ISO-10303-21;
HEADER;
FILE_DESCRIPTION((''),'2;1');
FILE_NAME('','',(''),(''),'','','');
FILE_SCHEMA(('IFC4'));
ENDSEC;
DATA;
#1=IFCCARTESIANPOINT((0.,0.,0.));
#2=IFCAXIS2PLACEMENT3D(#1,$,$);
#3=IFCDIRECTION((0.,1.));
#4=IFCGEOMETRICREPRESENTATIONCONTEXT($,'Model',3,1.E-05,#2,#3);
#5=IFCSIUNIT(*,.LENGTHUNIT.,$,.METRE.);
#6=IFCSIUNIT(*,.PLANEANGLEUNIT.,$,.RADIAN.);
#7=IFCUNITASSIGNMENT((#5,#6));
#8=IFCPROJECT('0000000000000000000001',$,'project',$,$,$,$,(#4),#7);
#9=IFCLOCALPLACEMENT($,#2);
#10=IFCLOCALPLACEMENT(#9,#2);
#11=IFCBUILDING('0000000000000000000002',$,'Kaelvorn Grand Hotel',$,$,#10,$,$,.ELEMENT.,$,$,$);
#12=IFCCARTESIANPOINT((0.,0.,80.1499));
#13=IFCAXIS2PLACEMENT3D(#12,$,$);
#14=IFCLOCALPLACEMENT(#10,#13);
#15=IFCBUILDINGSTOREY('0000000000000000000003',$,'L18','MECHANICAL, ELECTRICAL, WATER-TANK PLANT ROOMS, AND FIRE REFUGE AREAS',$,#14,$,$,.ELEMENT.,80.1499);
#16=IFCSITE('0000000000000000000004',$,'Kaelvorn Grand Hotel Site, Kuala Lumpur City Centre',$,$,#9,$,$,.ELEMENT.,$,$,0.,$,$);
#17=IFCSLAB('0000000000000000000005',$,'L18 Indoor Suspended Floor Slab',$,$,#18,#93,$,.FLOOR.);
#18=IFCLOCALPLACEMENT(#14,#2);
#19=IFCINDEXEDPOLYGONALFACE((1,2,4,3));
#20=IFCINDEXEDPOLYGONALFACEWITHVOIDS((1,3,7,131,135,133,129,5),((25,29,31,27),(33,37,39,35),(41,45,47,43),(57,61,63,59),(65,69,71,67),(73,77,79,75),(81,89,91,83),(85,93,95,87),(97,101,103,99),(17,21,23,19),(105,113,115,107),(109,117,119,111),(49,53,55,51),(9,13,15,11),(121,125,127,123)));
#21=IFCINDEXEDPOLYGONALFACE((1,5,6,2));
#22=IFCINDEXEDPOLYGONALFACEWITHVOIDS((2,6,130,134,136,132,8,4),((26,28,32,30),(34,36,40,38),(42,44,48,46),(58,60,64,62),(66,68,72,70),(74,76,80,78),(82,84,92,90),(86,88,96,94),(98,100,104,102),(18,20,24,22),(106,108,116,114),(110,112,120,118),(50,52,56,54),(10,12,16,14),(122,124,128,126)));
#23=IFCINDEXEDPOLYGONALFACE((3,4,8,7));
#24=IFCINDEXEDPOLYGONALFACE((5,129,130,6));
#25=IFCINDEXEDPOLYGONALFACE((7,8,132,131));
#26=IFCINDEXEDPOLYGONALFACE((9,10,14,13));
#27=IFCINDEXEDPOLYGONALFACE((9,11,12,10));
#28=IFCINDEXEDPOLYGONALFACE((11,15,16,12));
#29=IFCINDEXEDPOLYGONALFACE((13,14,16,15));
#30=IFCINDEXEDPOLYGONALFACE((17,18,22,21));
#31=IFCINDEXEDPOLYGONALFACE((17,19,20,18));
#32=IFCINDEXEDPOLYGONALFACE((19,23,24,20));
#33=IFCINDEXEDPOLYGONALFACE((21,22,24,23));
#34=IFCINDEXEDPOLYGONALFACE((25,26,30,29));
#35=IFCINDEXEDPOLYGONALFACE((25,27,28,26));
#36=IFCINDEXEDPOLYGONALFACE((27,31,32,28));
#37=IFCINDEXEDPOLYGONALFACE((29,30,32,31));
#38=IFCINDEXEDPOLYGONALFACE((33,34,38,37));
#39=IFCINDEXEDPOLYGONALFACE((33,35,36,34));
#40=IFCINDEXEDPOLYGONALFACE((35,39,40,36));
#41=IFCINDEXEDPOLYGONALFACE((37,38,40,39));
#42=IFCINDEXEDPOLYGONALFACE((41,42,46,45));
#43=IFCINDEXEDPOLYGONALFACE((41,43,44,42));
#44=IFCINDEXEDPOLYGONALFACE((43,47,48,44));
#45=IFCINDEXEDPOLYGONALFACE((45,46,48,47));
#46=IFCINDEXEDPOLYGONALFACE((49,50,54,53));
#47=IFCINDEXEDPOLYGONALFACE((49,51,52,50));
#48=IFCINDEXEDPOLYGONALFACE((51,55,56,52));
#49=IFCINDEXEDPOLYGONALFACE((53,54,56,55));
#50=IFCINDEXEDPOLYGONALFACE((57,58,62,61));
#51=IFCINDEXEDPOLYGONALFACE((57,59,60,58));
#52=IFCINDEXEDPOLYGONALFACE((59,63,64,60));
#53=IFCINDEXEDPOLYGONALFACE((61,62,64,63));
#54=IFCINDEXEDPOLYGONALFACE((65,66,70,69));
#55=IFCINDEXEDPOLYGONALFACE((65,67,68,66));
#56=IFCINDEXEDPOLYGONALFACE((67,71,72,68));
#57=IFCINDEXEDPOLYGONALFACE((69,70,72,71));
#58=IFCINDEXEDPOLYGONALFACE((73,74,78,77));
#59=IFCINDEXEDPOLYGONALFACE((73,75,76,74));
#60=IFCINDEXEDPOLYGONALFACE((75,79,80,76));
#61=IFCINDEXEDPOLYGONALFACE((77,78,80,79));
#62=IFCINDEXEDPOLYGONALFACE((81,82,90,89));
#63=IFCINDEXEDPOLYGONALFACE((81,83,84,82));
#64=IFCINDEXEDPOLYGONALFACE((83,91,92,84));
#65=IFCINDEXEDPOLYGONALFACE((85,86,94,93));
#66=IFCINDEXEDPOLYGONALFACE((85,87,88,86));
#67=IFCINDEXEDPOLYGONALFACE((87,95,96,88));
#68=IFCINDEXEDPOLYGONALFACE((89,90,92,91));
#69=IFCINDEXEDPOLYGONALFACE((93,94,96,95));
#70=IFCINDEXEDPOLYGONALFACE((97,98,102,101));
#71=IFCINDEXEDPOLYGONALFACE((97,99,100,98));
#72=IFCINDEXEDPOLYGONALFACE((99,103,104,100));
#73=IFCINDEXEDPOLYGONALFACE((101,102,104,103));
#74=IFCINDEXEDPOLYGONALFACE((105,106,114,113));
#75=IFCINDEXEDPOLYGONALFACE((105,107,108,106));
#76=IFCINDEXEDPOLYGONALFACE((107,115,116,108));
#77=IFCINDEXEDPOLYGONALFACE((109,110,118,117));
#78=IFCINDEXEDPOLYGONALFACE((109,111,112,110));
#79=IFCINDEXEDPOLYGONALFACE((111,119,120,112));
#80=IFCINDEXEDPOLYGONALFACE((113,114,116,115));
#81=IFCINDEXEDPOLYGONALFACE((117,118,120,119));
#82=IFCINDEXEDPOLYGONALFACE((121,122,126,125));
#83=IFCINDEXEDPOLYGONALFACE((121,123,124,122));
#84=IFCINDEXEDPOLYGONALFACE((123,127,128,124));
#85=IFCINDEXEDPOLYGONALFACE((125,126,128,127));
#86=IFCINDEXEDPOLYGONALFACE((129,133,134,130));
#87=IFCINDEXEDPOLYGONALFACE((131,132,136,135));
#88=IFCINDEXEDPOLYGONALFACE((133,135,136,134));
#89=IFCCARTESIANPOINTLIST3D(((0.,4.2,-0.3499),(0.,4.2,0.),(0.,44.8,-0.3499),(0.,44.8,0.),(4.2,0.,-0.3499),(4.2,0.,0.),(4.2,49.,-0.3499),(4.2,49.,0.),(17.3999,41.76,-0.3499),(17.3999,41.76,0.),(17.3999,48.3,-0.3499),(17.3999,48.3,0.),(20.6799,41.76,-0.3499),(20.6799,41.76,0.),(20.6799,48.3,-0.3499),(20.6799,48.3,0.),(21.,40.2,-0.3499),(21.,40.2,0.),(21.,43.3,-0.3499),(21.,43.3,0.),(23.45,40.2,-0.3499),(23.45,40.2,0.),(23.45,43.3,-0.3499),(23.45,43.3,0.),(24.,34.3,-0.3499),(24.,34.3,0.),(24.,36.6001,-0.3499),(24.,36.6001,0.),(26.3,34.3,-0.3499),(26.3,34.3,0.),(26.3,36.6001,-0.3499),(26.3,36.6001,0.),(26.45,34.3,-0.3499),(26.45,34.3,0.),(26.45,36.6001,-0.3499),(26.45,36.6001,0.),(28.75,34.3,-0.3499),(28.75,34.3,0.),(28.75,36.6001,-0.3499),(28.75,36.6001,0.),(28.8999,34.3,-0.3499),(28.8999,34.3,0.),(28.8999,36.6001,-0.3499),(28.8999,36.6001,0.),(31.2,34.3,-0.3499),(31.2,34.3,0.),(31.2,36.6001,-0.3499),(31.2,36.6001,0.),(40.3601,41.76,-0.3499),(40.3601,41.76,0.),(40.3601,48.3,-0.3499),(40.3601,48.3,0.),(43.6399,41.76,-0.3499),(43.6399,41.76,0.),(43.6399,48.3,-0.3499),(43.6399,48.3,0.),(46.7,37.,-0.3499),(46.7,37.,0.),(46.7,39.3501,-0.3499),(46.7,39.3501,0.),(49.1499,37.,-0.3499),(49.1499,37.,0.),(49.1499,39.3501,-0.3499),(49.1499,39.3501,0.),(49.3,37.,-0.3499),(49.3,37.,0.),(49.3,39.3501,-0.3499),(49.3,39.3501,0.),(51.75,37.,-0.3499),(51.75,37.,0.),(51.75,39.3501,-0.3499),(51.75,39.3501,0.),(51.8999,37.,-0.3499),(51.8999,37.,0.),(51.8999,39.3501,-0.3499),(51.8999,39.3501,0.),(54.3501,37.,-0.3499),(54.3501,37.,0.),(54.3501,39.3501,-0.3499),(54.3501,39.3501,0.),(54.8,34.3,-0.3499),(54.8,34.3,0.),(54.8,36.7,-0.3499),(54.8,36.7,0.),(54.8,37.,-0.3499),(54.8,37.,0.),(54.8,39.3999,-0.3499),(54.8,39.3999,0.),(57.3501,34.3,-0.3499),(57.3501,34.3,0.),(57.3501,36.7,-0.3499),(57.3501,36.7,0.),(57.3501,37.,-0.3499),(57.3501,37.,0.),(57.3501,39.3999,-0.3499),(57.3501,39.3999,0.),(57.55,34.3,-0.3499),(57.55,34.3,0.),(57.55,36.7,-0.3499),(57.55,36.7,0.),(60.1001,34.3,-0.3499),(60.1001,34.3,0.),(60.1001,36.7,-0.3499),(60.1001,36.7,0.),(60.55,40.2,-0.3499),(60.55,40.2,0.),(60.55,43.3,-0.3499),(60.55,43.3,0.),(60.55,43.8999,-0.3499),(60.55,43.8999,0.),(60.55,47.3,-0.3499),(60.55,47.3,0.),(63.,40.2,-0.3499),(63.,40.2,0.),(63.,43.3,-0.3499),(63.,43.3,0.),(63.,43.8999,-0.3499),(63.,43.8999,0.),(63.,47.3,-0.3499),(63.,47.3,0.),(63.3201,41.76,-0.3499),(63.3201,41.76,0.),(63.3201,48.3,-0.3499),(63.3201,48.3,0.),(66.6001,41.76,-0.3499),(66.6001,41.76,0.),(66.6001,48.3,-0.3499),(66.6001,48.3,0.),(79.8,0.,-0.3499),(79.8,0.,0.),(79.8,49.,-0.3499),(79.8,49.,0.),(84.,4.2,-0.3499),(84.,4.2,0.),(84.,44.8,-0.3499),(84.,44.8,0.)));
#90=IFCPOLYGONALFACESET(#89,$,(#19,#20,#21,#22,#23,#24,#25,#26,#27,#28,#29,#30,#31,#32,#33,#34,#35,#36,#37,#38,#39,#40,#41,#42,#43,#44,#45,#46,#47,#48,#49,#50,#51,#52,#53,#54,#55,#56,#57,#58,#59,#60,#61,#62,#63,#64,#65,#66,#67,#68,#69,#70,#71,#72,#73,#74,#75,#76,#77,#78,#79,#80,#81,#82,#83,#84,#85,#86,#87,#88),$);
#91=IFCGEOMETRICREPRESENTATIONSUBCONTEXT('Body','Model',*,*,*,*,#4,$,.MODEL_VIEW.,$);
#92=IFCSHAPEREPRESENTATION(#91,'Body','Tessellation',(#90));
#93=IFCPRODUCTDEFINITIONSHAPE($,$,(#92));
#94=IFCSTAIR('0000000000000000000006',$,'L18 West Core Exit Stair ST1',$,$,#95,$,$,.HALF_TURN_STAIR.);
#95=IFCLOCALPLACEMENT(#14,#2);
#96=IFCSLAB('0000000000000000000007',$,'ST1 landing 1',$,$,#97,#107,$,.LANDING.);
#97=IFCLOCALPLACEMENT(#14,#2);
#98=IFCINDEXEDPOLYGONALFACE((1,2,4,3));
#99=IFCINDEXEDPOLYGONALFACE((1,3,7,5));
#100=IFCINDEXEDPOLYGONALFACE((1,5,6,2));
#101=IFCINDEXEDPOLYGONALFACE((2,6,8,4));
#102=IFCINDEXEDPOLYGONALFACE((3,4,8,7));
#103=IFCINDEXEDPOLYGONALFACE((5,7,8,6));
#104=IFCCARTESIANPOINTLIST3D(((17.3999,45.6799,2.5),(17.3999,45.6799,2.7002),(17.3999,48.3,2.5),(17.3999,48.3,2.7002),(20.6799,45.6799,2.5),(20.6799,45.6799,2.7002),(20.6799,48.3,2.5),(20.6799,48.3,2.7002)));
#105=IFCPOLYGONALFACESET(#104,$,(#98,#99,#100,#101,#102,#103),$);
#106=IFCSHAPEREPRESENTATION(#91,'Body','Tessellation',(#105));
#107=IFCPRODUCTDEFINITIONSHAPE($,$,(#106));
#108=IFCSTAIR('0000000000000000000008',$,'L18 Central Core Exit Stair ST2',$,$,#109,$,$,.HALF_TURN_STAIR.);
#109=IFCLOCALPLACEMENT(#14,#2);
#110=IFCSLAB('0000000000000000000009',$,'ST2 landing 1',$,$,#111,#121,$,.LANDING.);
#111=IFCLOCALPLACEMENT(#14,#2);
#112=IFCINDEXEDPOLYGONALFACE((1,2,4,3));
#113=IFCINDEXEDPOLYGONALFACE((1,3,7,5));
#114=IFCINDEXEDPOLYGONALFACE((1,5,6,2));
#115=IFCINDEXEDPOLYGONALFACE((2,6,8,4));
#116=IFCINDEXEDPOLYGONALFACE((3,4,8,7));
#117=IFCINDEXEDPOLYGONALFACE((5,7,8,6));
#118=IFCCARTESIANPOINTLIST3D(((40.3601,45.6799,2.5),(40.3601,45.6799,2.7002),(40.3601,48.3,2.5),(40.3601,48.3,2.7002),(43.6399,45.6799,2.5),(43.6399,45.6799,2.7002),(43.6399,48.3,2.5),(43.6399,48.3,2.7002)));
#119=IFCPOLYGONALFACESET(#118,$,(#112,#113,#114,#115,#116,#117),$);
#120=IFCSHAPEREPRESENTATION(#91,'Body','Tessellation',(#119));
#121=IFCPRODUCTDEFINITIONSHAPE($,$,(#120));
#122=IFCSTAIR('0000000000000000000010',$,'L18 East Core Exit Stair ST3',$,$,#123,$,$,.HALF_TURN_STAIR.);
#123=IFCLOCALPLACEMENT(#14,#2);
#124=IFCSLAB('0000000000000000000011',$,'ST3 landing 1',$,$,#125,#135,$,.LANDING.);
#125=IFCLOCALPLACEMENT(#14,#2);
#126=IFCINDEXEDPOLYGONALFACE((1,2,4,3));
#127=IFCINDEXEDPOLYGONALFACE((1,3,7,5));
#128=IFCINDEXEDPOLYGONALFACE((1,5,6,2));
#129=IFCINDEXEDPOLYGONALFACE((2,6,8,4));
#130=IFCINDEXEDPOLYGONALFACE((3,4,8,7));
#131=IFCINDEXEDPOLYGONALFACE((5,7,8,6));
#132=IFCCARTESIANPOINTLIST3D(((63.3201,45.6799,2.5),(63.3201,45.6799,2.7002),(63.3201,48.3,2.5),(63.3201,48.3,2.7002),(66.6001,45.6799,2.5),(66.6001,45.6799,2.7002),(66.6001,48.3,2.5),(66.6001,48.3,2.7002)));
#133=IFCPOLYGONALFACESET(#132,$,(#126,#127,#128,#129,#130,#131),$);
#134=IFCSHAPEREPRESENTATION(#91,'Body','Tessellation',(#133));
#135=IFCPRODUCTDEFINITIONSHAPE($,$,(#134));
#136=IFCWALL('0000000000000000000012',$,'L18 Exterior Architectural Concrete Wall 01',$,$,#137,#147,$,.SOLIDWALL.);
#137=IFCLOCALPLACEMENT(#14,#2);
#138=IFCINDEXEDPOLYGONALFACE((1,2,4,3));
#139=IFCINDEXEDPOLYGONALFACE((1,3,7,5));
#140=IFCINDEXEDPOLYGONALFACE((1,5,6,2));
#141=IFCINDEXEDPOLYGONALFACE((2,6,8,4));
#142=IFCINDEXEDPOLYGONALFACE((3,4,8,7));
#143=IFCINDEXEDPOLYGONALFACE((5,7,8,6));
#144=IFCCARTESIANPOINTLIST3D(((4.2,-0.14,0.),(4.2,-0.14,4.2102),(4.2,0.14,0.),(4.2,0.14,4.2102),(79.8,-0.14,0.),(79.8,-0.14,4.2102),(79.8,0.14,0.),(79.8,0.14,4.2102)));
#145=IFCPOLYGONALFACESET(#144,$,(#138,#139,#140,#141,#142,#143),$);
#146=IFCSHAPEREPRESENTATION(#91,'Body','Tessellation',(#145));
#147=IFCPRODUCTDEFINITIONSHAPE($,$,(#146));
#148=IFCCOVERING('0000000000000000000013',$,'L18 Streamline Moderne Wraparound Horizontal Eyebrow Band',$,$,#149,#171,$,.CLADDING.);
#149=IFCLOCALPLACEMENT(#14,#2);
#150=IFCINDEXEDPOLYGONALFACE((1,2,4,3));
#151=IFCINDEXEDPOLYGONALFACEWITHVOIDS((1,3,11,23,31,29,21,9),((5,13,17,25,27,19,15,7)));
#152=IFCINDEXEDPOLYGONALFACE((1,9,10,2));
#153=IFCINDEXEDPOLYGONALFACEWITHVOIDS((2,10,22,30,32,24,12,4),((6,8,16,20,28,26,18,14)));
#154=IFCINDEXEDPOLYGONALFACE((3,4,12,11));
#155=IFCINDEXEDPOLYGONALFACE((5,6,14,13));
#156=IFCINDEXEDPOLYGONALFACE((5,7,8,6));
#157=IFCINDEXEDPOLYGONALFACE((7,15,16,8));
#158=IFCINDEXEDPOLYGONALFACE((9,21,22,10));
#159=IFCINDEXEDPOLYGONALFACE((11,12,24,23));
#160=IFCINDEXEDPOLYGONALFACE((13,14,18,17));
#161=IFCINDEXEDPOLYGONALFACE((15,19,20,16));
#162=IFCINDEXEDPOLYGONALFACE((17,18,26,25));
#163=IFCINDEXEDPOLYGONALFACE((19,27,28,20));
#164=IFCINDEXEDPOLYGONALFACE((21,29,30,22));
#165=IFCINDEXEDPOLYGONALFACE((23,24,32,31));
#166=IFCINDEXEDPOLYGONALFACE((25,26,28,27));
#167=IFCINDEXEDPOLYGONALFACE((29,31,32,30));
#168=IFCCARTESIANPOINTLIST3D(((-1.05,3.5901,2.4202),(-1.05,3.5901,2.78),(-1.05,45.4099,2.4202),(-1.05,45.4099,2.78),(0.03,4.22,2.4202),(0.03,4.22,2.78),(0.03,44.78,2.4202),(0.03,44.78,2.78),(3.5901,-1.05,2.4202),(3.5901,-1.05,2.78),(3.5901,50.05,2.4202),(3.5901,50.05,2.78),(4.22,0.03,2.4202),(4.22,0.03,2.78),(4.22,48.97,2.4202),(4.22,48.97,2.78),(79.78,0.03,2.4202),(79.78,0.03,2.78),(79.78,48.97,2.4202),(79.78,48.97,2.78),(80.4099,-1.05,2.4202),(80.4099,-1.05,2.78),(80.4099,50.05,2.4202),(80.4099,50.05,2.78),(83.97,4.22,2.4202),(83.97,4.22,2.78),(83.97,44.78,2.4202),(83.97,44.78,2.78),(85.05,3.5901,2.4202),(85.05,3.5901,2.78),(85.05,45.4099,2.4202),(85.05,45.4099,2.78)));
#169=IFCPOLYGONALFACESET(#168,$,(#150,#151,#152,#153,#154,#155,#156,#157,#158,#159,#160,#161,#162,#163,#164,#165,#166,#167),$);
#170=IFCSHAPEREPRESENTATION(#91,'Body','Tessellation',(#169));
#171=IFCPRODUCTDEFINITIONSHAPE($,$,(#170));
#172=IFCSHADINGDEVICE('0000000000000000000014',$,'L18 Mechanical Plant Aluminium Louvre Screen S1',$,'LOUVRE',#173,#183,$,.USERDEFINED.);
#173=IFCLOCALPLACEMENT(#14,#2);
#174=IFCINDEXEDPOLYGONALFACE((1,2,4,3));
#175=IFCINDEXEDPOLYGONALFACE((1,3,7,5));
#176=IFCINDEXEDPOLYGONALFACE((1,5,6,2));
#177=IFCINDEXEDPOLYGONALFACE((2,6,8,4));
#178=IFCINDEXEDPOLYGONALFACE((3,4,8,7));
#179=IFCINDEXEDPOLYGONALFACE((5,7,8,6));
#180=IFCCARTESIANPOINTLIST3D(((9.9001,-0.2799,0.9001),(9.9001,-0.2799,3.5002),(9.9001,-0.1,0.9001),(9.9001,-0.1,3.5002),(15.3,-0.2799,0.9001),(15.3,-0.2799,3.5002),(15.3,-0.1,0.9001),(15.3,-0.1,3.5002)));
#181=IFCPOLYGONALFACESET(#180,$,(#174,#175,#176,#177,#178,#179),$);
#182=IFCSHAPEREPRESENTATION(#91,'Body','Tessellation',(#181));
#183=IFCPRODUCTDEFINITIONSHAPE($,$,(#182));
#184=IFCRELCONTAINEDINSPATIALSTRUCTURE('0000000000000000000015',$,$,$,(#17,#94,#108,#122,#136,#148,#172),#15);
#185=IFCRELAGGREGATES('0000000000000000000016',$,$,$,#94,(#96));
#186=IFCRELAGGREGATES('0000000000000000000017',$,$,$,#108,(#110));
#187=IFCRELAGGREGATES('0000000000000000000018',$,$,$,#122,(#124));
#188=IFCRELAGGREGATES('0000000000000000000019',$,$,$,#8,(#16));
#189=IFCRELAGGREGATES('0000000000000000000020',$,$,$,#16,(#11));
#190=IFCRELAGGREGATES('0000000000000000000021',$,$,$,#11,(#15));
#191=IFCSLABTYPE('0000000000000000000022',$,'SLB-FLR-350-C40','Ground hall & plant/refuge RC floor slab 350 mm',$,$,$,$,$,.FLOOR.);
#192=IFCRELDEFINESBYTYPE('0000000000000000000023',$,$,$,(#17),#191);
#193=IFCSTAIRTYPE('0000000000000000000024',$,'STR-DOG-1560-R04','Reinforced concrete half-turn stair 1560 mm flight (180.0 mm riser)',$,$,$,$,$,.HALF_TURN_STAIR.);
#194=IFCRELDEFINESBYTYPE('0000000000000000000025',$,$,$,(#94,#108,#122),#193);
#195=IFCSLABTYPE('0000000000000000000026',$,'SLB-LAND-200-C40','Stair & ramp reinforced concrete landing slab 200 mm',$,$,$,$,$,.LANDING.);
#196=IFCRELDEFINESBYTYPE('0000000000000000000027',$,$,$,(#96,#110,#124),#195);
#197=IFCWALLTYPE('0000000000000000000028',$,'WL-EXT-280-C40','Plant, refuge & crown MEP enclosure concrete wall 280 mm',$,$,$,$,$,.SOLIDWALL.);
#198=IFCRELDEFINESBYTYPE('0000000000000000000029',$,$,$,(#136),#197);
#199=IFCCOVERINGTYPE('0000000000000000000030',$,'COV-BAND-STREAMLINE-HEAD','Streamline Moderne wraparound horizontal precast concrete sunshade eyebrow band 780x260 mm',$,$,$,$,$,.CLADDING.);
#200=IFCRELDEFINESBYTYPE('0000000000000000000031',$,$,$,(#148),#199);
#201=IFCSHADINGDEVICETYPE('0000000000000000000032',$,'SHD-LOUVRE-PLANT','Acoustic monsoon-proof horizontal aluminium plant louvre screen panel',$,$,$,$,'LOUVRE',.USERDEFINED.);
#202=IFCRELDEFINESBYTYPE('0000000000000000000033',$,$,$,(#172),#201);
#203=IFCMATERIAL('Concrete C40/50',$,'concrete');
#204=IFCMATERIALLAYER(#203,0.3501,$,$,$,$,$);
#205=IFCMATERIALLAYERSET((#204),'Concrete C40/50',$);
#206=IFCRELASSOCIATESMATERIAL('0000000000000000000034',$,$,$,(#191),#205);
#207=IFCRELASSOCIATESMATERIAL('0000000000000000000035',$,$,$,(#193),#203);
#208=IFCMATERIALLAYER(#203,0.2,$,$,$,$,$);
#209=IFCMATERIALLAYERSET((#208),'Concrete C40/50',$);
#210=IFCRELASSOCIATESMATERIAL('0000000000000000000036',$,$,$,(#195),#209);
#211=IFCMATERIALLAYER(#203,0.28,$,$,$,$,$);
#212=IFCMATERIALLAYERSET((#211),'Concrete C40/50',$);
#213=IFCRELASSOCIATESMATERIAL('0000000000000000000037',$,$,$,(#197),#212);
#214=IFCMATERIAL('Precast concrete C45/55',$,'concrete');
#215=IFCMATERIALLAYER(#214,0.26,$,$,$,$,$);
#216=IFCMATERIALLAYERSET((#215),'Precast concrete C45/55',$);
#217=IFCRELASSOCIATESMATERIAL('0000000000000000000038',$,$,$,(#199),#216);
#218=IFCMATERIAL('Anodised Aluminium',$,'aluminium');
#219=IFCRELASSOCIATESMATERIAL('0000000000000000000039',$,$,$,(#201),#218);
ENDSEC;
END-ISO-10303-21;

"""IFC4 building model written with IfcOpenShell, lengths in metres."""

from ifc_helpers import new_model, si_unit, direction, frame, frame_2d, origin, origin_2d, place, context, subcontext, project, spatial, polyline, rectangle, outline, extrude, material, layer, layer_set, type_object, element, aggregate, save


model = new_model("IFC4")

# Units and contexts
model_context = context("Model", 3, precision=1e-05, world=origin(), true_north=direction((0.0, 1.0)))
body_context = subcontext(model_context, "Body", "Model", "MODEL_VIEW")
ifc_project = project(units=[si_unit("LENGTHUNIT", "METRE"), si_unit("PLANEANGLEUNIT", "RADIAN")], contexts=[model_context])

# Site, building, storey
site_placement = place(None, origin())
site = spatial("IfcSite", under=ifc_project, at=site_placement, Name="Kaelvorn Grand Hotel Site, Kuala Lumpur City Centre", CompositionType="ELEMENT", RefElevation=0.0)
building_placement = place(site_placement, origin())
building = spatial("IfcBuilding", under=site, at=building_placement, Name="Kaelvorn Grand Hotel", CompositionType="ELEMENT")
storey_placement = place(building_placement, frame((0.0, 0.0, 80.1499)))
storey = spatial("IfcBuildingStorey", under=building, at=storey_placement, Name="L18", Description="MECHANICAL, ELECTRICAL, WATER-TANK PLANT ROOMS, AND FIRE REFUGE AREAS", CompositionType="ELEMENT", Elevation=80.1499)

# Slab
ifc_material_1 = material(Name="Concrete C40/50", Category="concrete")
ifc_layer_1 = layer(ifc_material_1, 0.3501)
ifc_layer_set_1 = layer_set([ifc_layer_1], Name="Concrete C40/50")
slab_type_1 = type_object("IfcSlabType", Name="SLB-FLR-350-C40", Description="Ground hall & plant/refuge RC floor slab 350 mm", PredefinedType="FLOOR", material=ifc_layer_set_1)
slab_1_placement = place(storey_placement, frame((0.0, 0.0, -0.3499)))
element("IfcSlab", 1, at=slab_1_placement, inside=storey, type_object=slab_type_1, Name="L18 Indoor Suspended Floor Slab", PredefinedType="FLOOR", context=body_context, shape_type="SweptSolid", body=[
    extrude(outline(polyline([(4.2, 0.0), (79.8, 0.0), (84.0, 4.2), (84.0, 44.8), (79.8, 49.0), (4.2, 49.0), (0.0, 44.8), (0.0, 4.2), (4.2, 0.0)]), holes=[polyline([(17.3999, 41.76), (17.3999, 48.3), (20.6799, 48.3), (20.6799, 41.76), (17.3999, 41.76)]), polyline([(40.3601, 41.76), (40.3601, 48.3), (43.6399, 48.3), (43.6399, 41.76), (40.3601, 41.76)]), polyline([(63.3201, 41.76), (63.3201, 48.3), (66.6001, 48.3), (66.6001, 41.76), (63.3201, 41.76)]), polyline([(24.0, 34.3), (24.0, 36.6001), (26.3, 36.6001), (26.3, 34.3), (24.0, 34.3)]), polyline([(26.45, 34.3), (26.45, 36.6001), (28.75, 36.6001), (28.75, 34.3), (26.45, 34.3)]), polyline([(28.8999, 34.3), (28.8999, 36.6001), (31.2, 36.6001), (31.2, 34.3), (28.8999, 34.3)]), polyline([(46.7, 37.0), (46.7, 39.3501), (49.1499, 39.3501), (49.1499, 37.0), (46.7, 37.0)]), polyline([(49.3, 37.0), (49.3, 39.3501), (51.75, 39.3501), (51.75, 37.0), (49.3, 37.0)]), polyline([(51.8999, 37.0), (51.8999, 39.3501), (54.3501, 39.3501), (54.3501, 37.0), (51.8999, 37.0)]), polyline([(54.8, 34.3), (54.8, 36.7), (57.3501, 36.7), (57.3501, 34.3), (54.8, 34.3)]), polyline([(57.55, 34.3), (57.55, 36.7), (60.1001, 36.7), (60.1001, 34.3), (57.55, 34.3)]), polyline([(54.8, 37.0), (54.8, 39.3999), (57.3501, 39.3999), (57.3501, 37.0), (54.8, 37.0)]), polyline([(21.0, 40.2), (21.0, 43.3), (23.45, 43.3), (23.45, 40.2), (21.0, 40.2)]), polyline([(60.55, 40.2), (60.55, 43.3), (63.0, 43.3), (63.0, 40.2), (60.55, 40.2)]), polyline([(60.55, 43.8999), (60.55, 47.3), (63.0, 47.3), (63.0, 43.8999), (60.55, 43.8999)])]), origin(), (0.0, 0.0, 1.0), 0.3499),
])

# Stairs, slabs
stair_type = type_object("IfcStairType", Name="STR-DOG-1560-R04", Description="Reinforced concrete half-turn stair 1560 mm flight (180.0 mm riser)", PredefinedType="HALF_TURN_STAIR", material=ifc_material_1)
stair_1_placement = place(storey_placement, origin())
stair_1 = element("IfcStair", 2, at=stair_1_placement, inside=storey, type_object=stair_type, Name="L18 West Core Exit Stair ST1", PredefinedType="HALF_TURN_STAIR")
ifc_layer_2 = layer(ifc_material_1, 0.2)
ifc_layer_set_2 = layer_set([ifc_layer_2], Name="Concrete C40/50")
slab_type_2 = type_object("IfcSlabType", Name="SLB-LAND-200-C40", Description="Stair & ramp reinforced concrete landing slab 200 mm", PredefinedType="LANDING", material=ifc_layer_set_2)
slab_2_placement = place(storey_placement, frame((0.0, 0.0, 2.5)))
slab_2 = element("IfcSlab", 3, at=slab_2_placement, type_object=slab_type_2, Name="ST1 landing 1", PredefinedType="LANDING", context=body_context, shape_type="SweptSolid", body=[
    extrude(outline(polyline([(20.6799, 45.6799), (20.6799, 48.3), (17.3999, 48.3), (17.3999, 45.6799), (20.6799, 45.6799)])), origin(), (0.0, 0.0, 1.0), 0.2002),
])
aggregate(stair_1, [slab_2])
stair_2_placement = place(storey_placement, origin())
stair_2 = element("IfcStair", 4, at=stair_2_placement, inside=storey, type_object=stair_type, Name="L18 Central Core Exit Stair ST2", PredefinedType="HALF_TURN_STAIR")
slab_3_placement = place(storey_placement, frame((0.0, 0.0, 2.5)))
slab_3 = element("IfcSlab", 5, at=slab_3_placement, type_object=slab_type_2, Name="ST2 landing 1", PredefinedType="LANDING", context=body_context, shape_type="SweptSolid", body=[
    extrude(outline(polyline([(43.6399, 45.6799), (43.6399, 48.3), (40.3601, 48.3), (40.3601, 45.6799), (43.6399, 45.6799)])), origin(), (0.0, 0.0, 1.0), 0.2002),
])
aggregate(stair_2, [slab_3])
stair_3_placement = place(storey_placement, origin())
stair_3 = element("IfcStair", 6, at=stair_3_placement, inside=storey, type_object=stair_type, Name="L18 East Core Exit Stair ST3", PredefinedType="HALF_TURN_STAIR")
slab_4_placement = place(storey_placement, frame((0.0, 0.0, 2.5)))
slab_4 = element("IfcSlab", 7, at=slab_4_placement, type_object=slab_type_2, Name="ST3 landing 1", PredefinedType="LANDING", context=body_context, shape_type="SweptSolid", body=[
    extrude(outline(polyline([(66.6001, 45.6799), (66.6001, 48.3), (63.3201, 48.3), (63.3201, 45.6799), (66.6001, 45.6799)])), origin(), (0.0, 0.0, 1.0), 0.2002),
])
aggregate(stair_3, [slab_4])

# Wall
ifc_layer_3 = layer(ifc_material_1, 0.28)
ifc_layer_set_3 = layer_set([ifc_layer_3], Name="Concrete C40/50")
wall_type = type_object("IfcWallType", Name="WL-EXT-280-C40", Description="Plant, refuge & crown MEP enclosure concrete wall 280 mm", PredefinedType="SOLIDWALL", material=ifc_layer_set_3)
wall_placement = place(storey_placement, frame((4.2, 0.0, 0.0), z_axis=(0.0, 0.0, 1.0), x_axis=(1.0, 0.0, 0.0)))
element("IfcWall", 8, at=wall_placement, inside=storey, type_object=wall_type, Name="L18 Exterior Architectural Concrete Wall 01", PredefinedType="SOLIDWALL", context=body_context, shape_type="SweptSolid", body=[
    extrude(rectangle(XDim=75.6001, YDim=0.28, at=frame_2d((37.8, 0.0))), origin(), (0.0, 0.0, 1.0), 4.2102),
])

# Covering
ifc_material_2 = material(Name="Precast concrete C45/55", Category="concrete")
ifc_layer_4 = layer(ifc_material_2, 0.26)
ifc_layer_set_4 = layer_set([ifc_layer_4], Name="Precast concrete C45/55")
covering_type = type_object("IfcCoveringType", Name="COV-BAND-STREAMLINE-HEAD", Description="Streamline Moderne wraparound horizontal precast concrete sunshade eyebrow band 780x260 mm", PredefinedType="CLADDING", material=ifc_layer_set_4)
covering_placement = place(storey_placement, frame((0.0, 0.0, 2.4202)))
element("IfcCovering", 9, at=covering_placement, inside=storey, type_object=covering_type, Name="L18 Streamline Moderne Wraparound Horizontal Eyebrow Band", PredefinedType="CLADDING", context=body_context, shape_type="SweptSolid", body=[
    extrude(outline(polyline([(3.5901, -1.05), (80.4099, -1.05), (85.05, 3.5901), (85.05, 45.4099), (80.4099, 50.05), (3.5901, 50.05), (-1.05, 45.4099), (-1.05, 3.5901), (3.5901, -1.05)]), holes=[polyline([(4.22, 0.03), (79.78, 0.03), (83.97, 4.22), (83.97, 44.78), (79.78, 48.97), (4.22, 48.97), (0.03, 44.78), (0.03, 4.22), (4.22, 0.03)])]), origin(), (0.0, 0.0, 1.0), 0.3599),
])

# Shading device
ifc_material_3 = material(Name="Anodised Aluminium", Category="aluminium")
shading_device_type = type_object("IfcShadingDeviceType", Name="SHD-LOUVRE-PLANT", Description="Acoustic monsoon-proof horizontal aluminium plant louvre screen panel", ElementType="LOUVRE", PredefinedType="USERDEFINED", material=ifc_material_3)
for number, where, z_axis, x_axis, name in (
    (10, (12.6001, -0.1899, 0.9001), (0.0, 0.0, 1.0), (1.0, 0.0, 0.0), "L18 Mechanical Plant Aluminium Louvre Screen S1"),
):
    element("IfcShadingDevice", number, at=place(storey_placement, frame(where, z_axis=z_axis, x_axis=x_axis)), inside=storey, type_object=shading_device_type, Name=name, ObjectType="LOUVRE", PredefinedType="USERDEFINED", context=body_context, shape_type="SweptSolid", body=[
        extrude(rectangle(XDim=5.3999, YDim=0.1799, at=origin_2d()), origin(), (0.0, 0.0, 1.0), 2.6001),
    ])

save(model, "model.ifc")
